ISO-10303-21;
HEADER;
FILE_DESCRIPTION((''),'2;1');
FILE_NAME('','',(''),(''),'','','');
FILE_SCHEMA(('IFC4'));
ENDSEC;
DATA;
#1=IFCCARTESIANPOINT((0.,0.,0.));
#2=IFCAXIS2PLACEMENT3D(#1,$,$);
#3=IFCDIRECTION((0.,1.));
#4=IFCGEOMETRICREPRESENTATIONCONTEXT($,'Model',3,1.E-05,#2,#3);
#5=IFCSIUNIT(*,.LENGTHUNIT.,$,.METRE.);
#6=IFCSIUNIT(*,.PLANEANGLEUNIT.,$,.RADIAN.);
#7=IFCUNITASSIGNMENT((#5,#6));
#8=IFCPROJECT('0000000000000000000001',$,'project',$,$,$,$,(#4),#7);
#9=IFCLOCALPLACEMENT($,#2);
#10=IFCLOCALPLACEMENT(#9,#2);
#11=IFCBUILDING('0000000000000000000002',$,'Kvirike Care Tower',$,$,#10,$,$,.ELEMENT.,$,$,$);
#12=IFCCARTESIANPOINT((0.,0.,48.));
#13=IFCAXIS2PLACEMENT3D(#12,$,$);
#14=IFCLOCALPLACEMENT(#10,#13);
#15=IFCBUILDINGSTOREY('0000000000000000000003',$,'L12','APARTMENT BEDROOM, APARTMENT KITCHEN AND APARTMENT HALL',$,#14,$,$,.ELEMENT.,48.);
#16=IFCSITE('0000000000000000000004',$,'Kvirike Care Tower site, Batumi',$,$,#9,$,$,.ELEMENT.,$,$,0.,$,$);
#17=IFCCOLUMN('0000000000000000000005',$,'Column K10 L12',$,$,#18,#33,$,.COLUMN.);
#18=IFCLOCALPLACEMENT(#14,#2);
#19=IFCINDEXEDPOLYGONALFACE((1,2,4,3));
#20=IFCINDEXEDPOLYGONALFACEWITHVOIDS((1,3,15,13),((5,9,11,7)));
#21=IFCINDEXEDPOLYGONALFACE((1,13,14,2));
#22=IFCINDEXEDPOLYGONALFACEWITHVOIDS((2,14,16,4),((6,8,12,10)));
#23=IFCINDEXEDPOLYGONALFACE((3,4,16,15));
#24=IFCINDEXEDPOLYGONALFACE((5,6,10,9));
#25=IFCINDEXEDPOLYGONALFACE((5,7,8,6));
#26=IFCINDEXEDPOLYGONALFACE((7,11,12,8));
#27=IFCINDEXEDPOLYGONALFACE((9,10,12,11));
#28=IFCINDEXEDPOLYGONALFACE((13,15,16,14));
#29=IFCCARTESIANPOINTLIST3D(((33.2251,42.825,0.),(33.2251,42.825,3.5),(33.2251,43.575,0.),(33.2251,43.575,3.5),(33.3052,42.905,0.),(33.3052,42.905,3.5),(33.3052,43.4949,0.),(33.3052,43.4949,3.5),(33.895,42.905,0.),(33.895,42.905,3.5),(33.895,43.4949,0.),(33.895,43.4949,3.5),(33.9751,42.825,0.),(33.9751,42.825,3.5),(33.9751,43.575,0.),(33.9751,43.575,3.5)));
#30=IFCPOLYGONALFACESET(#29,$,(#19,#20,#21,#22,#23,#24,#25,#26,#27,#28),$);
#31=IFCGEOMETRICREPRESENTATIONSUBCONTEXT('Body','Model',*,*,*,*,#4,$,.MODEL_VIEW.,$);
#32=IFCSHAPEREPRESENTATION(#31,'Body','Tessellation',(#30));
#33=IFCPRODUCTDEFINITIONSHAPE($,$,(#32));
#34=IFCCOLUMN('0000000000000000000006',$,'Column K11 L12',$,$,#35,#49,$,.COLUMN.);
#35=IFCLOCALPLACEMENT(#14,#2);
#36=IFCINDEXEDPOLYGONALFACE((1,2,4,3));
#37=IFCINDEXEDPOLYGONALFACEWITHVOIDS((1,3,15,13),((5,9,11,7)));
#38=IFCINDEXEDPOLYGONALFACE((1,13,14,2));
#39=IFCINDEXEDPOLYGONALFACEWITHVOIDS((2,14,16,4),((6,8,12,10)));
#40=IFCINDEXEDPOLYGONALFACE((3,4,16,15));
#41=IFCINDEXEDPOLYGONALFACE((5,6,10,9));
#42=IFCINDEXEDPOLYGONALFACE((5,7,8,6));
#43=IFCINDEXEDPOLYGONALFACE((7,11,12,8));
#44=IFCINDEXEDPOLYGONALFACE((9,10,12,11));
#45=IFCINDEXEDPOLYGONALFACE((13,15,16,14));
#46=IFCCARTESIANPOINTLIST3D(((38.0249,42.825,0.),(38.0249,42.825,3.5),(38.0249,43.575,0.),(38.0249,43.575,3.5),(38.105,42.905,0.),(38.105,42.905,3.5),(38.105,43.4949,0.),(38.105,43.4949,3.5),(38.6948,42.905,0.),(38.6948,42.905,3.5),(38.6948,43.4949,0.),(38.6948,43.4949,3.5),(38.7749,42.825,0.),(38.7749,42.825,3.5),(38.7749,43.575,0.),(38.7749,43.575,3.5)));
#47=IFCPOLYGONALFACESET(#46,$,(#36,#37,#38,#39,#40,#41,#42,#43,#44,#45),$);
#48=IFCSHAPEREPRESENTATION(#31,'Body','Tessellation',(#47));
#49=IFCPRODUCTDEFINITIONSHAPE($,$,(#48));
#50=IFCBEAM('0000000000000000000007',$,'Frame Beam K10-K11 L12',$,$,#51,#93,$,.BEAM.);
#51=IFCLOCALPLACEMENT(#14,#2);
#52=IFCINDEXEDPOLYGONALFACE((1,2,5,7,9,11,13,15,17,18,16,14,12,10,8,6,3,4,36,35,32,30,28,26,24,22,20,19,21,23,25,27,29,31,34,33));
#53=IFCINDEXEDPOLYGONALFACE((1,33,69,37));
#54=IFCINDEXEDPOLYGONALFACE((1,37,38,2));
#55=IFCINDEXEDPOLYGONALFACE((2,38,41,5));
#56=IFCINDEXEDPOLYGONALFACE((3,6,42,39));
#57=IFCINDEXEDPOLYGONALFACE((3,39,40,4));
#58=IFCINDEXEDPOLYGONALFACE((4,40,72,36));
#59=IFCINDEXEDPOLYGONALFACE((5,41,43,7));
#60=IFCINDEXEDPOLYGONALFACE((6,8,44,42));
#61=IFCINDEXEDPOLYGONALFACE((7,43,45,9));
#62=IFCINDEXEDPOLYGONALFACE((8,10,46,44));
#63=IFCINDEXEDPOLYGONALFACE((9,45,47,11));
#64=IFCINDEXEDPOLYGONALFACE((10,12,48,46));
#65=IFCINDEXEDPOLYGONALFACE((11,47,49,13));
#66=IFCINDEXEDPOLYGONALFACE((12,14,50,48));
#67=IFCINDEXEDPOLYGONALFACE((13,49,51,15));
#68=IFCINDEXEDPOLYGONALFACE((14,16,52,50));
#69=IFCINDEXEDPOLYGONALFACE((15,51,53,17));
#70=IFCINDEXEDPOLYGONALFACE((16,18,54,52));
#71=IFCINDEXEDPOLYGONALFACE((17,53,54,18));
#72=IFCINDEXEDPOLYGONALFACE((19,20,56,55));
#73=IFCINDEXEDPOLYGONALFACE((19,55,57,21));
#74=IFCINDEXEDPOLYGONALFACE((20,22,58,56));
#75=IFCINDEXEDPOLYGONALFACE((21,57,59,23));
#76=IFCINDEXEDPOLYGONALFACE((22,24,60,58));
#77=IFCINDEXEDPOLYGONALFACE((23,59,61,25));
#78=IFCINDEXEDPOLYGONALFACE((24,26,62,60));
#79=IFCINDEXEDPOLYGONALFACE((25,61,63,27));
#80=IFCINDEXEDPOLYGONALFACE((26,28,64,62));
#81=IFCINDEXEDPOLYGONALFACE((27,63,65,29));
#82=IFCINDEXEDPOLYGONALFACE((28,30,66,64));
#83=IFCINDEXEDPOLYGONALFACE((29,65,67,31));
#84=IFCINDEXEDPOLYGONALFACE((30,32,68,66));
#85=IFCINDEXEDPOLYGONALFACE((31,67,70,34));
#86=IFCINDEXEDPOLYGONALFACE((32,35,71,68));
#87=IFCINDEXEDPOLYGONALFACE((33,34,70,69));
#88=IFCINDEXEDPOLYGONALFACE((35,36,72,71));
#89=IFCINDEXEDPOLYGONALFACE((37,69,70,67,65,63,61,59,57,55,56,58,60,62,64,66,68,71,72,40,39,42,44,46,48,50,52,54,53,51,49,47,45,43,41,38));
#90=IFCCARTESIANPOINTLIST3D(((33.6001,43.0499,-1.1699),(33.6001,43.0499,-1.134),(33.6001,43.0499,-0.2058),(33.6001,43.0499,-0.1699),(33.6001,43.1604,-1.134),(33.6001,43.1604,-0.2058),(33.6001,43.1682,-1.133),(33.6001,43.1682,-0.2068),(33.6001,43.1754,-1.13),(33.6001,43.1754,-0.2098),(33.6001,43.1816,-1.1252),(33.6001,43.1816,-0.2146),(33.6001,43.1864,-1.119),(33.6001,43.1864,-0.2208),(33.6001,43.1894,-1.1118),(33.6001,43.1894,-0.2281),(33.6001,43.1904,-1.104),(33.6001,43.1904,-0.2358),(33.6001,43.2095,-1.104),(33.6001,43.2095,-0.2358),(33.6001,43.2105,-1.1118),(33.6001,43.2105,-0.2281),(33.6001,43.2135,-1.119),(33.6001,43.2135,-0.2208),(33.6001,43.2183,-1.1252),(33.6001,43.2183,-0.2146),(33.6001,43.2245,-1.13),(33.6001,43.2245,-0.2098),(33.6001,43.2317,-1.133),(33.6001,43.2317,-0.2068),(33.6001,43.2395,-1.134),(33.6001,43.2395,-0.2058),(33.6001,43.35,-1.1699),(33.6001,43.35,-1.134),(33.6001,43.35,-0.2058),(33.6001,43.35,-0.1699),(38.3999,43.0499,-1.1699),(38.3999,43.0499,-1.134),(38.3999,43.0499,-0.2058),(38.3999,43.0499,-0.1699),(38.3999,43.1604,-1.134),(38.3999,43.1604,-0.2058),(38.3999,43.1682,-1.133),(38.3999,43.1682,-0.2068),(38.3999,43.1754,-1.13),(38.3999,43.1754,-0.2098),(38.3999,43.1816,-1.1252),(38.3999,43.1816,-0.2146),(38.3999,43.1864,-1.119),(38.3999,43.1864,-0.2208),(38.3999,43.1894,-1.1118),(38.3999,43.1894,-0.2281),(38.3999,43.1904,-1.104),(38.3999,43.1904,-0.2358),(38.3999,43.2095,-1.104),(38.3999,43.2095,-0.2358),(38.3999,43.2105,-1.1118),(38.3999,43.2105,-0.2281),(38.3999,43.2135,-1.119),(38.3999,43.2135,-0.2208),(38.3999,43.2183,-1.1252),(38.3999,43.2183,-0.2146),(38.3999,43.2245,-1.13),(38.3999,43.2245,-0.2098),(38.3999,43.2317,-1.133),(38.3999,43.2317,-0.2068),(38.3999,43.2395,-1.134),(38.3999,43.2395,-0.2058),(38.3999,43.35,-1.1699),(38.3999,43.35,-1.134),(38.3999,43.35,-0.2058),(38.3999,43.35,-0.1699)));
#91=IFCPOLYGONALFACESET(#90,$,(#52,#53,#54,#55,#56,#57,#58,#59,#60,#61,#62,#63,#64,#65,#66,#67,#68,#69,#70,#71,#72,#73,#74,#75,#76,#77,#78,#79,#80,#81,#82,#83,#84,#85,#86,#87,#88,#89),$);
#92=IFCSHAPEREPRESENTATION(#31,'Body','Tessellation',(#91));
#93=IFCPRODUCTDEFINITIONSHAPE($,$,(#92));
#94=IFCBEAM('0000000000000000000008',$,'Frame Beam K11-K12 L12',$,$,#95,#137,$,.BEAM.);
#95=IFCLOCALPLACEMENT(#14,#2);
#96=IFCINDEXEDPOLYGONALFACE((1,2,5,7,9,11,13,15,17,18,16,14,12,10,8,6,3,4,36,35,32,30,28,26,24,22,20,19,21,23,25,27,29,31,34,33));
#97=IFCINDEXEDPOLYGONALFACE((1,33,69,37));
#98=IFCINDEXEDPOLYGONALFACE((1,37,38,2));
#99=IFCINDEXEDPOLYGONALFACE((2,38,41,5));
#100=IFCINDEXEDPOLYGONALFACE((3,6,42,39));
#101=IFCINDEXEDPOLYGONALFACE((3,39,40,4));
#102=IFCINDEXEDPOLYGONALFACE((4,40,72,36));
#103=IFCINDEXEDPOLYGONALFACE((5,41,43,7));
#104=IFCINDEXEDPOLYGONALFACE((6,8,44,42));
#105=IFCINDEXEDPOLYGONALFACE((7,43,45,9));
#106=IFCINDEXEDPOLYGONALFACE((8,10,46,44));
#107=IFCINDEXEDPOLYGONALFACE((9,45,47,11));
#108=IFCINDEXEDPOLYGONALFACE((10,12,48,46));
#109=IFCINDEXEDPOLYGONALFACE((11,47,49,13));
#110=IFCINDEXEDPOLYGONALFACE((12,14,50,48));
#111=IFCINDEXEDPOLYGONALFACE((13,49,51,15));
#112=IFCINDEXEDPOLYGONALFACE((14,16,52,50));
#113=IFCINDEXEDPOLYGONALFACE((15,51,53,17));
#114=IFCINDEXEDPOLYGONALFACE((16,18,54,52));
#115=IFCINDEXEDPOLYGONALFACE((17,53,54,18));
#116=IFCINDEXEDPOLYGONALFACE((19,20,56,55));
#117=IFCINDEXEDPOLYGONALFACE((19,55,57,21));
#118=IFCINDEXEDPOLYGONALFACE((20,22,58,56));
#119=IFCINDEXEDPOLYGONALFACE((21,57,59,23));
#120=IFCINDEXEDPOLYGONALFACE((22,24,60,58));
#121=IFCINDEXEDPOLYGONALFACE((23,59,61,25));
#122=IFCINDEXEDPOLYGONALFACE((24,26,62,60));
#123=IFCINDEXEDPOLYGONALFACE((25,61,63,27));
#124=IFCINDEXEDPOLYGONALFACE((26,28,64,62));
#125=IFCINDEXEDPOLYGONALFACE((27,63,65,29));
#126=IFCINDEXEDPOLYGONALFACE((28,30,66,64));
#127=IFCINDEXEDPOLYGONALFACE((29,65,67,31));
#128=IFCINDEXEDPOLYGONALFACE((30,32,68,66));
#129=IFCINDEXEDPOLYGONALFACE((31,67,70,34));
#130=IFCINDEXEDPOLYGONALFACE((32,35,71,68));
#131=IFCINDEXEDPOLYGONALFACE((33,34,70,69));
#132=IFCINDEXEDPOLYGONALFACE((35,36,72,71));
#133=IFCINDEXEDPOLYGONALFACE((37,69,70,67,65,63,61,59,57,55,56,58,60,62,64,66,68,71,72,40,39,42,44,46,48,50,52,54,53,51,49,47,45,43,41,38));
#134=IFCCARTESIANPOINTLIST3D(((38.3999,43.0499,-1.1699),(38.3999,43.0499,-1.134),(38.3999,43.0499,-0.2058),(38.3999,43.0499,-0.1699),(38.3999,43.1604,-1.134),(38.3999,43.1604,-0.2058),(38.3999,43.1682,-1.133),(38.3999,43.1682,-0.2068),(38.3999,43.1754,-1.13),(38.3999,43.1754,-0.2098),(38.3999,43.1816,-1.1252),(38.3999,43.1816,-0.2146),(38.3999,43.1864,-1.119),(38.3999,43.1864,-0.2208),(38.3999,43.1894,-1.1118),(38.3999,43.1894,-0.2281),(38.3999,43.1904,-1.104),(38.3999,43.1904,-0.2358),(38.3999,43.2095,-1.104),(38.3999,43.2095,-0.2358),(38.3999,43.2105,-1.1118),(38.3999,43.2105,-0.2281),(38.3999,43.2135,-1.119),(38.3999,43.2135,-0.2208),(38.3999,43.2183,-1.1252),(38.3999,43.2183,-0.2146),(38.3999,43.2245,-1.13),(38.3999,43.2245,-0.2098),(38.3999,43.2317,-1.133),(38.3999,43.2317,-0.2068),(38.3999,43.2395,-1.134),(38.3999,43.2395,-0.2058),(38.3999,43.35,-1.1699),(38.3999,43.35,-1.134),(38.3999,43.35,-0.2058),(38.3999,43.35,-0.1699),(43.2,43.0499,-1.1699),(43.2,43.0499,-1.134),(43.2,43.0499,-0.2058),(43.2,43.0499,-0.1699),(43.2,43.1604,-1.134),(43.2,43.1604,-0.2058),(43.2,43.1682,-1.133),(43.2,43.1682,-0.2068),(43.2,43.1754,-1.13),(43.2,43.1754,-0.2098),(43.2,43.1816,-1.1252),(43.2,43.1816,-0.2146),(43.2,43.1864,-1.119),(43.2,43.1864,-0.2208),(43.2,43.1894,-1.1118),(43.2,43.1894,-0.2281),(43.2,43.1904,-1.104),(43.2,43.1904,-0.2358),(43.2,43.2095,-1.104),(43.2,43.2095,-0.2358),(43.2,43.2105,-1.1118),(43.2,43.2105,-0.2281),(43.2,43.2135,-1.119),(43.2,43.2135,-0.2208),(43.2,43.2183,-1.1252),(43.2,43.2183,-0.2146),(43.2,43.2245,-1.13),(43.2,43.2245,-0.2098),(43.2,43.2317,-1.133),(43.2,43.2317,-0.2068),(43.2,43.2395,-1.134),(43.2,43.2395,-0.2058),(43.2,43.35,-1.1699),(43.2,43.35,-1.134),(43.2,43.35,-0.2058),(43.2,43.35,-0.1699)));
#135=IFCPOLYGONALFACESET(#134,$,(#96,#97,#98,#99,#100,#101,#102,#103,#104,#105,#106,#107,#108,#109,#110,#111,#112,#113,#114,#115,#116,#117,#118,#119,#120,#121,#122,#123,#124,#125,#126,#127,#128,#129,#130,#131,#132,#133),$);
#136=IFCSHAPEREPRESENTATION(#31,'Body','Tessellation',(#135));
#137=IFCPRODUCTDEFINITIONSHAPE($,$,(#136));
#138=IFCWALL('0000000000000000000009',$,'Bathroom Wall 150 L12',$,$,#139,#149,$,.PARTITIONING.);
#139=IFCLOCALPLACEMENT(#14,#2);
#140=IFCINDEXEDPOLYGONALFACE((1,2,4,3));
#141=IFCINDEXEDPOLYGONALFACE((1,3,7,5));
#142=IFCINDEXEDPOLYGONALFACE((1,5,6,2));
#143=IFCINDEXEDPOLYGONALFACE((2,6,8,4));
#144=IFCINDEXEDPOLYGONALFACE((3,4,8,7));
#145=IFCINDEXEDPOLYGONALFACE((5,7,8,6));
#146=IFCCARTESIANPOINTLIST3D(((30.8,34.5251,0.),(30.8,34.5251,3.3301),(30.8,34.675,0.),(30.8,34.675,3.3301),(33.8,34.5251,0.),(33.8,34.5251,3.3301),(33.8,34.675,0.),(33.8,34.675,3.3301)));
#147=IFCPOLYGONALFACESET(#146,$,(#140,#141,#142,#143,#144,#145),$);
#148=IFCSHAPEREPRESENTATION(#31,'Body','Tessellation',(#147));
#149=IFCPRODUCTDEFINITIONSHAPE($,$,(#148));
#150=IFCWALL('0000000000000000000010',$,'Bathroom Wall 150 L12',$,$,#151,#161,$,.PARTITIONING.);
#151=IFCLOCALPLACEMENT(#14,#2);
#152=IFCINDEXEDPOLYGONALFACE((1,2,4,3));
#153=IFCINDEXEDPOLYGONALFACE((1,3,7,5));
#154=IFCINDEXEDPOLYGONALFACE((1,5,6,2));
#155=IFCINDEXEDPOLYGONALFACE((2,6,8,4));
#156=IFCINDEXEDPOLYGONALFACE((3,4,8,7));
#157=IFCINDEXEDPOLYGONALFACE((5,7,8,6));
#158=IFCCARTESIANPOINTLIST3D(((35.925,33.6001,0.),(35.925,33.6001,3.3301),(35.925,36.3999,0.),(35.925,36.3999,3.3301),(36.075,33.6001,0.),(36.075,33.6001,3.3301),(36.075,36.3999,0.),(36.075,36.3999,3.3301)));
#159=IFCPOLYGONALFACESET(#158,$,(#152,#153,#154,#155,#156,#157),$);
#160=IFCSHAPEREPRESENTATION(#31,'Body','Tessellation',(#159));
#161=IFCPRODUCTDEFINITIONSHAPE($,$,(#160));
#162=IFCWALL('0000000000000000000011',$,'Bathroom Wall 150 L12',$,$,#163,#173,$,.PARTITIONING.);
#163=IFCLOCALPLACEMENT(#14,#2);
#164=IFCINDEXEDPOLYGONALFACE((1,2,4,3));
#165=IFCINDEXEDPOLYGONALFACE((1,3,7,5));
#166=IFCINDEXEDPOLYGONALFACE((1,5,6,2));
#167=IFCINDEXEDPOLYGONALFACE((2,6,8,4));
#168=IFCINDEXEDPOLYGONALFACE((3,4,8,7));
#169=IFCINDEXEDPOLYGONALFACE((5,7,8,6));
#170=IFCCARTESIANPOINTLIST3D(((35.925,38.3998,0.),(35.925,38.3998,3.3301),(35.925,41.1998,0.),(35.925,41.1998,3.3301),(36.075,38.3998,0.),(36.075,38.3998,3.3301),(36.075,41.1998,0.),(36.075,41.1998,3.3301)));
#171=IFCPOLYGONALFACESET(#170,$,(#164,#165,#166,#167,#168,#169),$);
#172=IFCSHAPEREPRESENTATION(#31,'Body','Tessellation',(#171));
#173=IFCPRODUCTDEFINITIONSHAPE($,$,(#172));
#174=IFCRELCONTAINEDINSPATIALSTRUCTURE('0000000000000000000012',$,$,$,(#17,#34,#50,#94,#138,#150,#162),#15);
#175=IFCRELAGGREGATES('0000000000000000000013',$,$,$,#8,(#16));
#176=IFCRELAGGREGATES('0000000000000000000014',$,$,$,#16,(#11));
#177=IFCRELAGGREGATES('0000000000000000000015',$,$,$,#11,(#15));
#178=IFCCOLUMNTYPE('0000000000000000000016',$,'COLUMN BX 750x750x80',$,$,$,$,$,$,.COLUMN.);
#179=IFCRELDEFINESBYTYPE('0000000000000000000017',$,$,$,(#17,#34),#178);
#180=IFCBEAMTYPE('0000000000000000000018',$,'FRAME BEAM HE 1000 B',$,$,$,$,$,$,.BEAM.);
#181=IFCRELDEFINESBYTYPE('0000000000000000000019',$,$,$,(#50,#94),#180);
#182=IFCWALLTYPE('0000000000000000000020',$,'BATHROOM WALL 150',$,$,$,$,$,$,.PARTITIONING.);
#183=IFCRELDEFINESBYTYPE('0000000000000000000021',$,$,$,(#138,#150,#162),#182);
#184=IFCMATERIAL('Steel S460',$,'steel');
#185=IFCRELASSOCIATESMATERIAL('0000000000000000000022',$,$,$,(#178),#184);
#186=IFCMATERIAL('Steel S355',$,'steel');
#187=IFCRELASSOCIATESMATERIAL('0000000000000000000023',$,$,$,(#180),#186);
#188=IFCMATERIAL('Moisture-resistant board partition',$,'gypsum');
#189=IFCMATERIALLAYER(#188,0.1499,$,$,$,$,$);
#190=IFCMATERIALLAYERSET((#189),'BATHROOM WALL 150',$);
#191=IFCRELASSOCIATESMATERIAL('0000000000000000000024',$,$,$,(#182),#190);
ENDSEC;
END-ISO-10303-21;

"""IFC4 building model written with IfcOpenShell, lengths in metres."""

from ifc_helpers import new_model, si_unit, direction, frame, frame_2d, origin, origin_2d, place, context, subcontext, project, spatial, rectangle, hollow_rectangle, i_section, extrude, material, layer, layer_set, material_profile, profile_set, type_object, element, save


model = new_model("IFC4")

# Units and contexts
model_context = context("Model", 3, precision=1e-05, world=origin(), true_north=direction((0.0, 1.0)))
body_context = subcontext(model_context, "Body", "Model", "MODEL_VIEW")
ifc_project = project(units=[si_unit("LENGTHUNIT", "METRE"), si_unit("PLANEANGLEUNIT", "RADIAN")], contexts=[model_context])

# Site, building, storey
site_placement = place(None, origin())
site = spatial("IfcSite", under=ifc_project, at=site_placement, Name="Kvirike Care Tower site, Batumi", CompositionType="ELEMENT", RefElevation=0.0)
building_placement = place(site_placement, origin())
building = spatial("IfcBuilding", under=site, at=building_placement, Name="Kvirike Care Tower", CompositionType="ELEMENT")
storey_placement = place(building_placement, frame((0.0, 0.0, 48.0)))
storey = spatial("IfcBuildingStorey", under=building, at=storey_placement, Name="L12", Description="APARTMENT BEDROOM, APARTMENT KITCHEN AND APARTMENT HALL", CompositionType="ELEMENT", Elevation=48.0)

# Columns
ifc_material_1 = material(Name="Steel S460", Category="steel")
ifc_material_profile_1 = material_profile(ifc_material_1, hollow_rectangle(XDim=0.75, YDim=0.75, WallThickness=0.0801, at=origin_2d()), Name="BX 750x750x80")
ifc_profile_set_1 = profile_set([ifc_material_profile_1], Name="Steel S460")
column_type = type_object("IfcColumnType", Name="COLUMN BX 750x750x80", PredefinedType="COLUMN", material=ifc_profile_set_1)
for number, where, z_axis, x_axis, name in (
    (1, (33.6001, 43.2, 0.0), (0.0, 0.0, 1.0), (0.0, 1.0, 0.0), "Column K10 L12"),
    (2, (38.3999, 43.2, 0.0), (0.0, 0.0, 1.0), (0.0, 1.0, 0.0), "Column K11 L12"),
):
    element("IfcColumn", number, at=place(storey_placement, frame(where, z_axis=z_axis, x_axis=x_axis)), inside=storey, type_object=column_type, Name=name, PredefinedType="COLUMN", context=body_context, shape_type="SweptSolid", body=[
        extrude(hollow_rectangle(XDim=0.75, YDim=0.75, WallThickness=0.0801, at=origin_2d()), origin(), (0.0, 0.0, 1.0), 3.5),
    ])

# Beams
ifc_material_2 = material(Name="Steel S355", Category="steel")
ifc_material_profile_2 = material_profile(ifc_material_2, i_section(OverallWidth=0.3, OverallDepth=1.0, WebThickness=0.019, FlangeThickness=0.0359, FilletRadius=0.03, at=origin_2d()), Name="HE 1000 B")
ifc_profile_set_2 = profile_set([ifc_material_profile_2], Name="Steel S355")
beam_type = type_object("IfcBeamType", Name="FRAME BEAM HE 1000 B", PredefinedType="BEAM", material=ifc_profile_set_2)
beam_1_placement = place(storey_placement, frame((33.6001, 43.2, -0.6699), z_axis=(1.0, 0.0, 0.0), x_axis=(0.0, 1.0, 0.0)))
element("IfcBeam", 3, at=beam_1_placement, inside=storey, type_object=beam_type, Name="Frame Beam K10-K11 L12", PredefinedType="BEAM", context=body_context, shape_type="SweptSolid", body=[
    extrude(i_section(OverallWidth=0.3, OverallDepth=1.0, WebThickness=0.019, FlangeThickness=0.0359, FilletRadius=0.03, at=origin_2d()), origin(), (0.0, 0.0, 1.0), 4.7998),
])
beam_2_placement = place(storey_placement, frame((38.3999, 43.2, -0.6699), z_axis=(1.0, 0.0, 0.0), x_axis=(0.0, 1.0, 0.0)))
element("IfcBeam", 4, at=beam_2_placement, inside=storey, type_object=beam_type, Name="Frame Beam K11-K12 L12", PredefinedType="BEAM", context=body_context, shape_type="SweptSolid", body=[
    extrude(i_section(OverallWidth=0.3, OverallDepth=1.0, WebThickness=0.019, FlangeThickness=0.0359, FilletRadius=0.03, at=origin_2d()), origin(), (0.0, 0.0, 1.0), 4.8),
])

# Walls
ifc_material_3 = material(Name="Moisture-resistant board partition", Category="gypsum")
ifc_layer_1 = layer(ifc_material_3, 0.1499)
ifc_layer_set_1 = layer_set([ifc_layer_1], Name="BATHROOM WALL 150")
wall_type_1 = type_object("IfcWallType", Name="BATHROOM WALL 150", PredefinedType="PARTITIONING", material=ifc_layer_set_1)
wall_1_placement = place(storey_placement, frame((33.8, 34.6001, 0.0), z_axis=(0.0, 0.0, 1.0), x_axis=(-1.0, 0.0, 0.0)))
element("IfcWall", 5, at=wall_1_placement, inside=storey, type_object=wall_type_1, Name="Bathroom Wall 150 L12", PredefinedType="PARTITIONING", context=body_context, shape_type="SweptSolid", body=[
    extrude(rectangle(XDim=3.0, YDim=0.1499, at=frame_2d((1.5, 0.0))), origin(), (0.0, 0.0, 1.0), 3.3301),
])
wall_2_placement = place(storey_placement, frame((36.0, 33.6001, 0.0), z_axis=(0.0, 0.0, 1.0), x_axis=(0.0, 1.0, 0.0)))
element("IfcWall", 6, at=wall_2_placement, inside=storey, type_object=wall_type_1, Name="Bathroom Wall 150 L12", PredefinedType="PARTITIONING", context=body_context, shape_type="SweptSolid", body=[
    extrude(rectangle(XDim=2.7998, YDim=0.1499, at=frame_2d((1.3999, 0.0))), origin(), (0.0, 0.0, 1.0), 3.3301),
])
wall_3_placement = place(storey_placement, frame((36.0, 38.3999, 0.0), z_axis=(0.0, 0.0, 1.0), x_axis=(0.0, 1.0, 0.0)))
element("IfcWall", 7, at=wall_3_placement, inside=storey, type_object=wall_type_1, Name="Bathroom Wall 150 L12", PredefinedType="PARTITIONING", context=body_context, shape_type="SweptSolid", body=[
    extrude(rectangle(XDim=2.8, YDim=0.1499, at=frame_2d((1.3999, 0.0))), origin(), (0.0, 0.0, 1.0), 3.3301),
])

save(model, "model.ifc")
